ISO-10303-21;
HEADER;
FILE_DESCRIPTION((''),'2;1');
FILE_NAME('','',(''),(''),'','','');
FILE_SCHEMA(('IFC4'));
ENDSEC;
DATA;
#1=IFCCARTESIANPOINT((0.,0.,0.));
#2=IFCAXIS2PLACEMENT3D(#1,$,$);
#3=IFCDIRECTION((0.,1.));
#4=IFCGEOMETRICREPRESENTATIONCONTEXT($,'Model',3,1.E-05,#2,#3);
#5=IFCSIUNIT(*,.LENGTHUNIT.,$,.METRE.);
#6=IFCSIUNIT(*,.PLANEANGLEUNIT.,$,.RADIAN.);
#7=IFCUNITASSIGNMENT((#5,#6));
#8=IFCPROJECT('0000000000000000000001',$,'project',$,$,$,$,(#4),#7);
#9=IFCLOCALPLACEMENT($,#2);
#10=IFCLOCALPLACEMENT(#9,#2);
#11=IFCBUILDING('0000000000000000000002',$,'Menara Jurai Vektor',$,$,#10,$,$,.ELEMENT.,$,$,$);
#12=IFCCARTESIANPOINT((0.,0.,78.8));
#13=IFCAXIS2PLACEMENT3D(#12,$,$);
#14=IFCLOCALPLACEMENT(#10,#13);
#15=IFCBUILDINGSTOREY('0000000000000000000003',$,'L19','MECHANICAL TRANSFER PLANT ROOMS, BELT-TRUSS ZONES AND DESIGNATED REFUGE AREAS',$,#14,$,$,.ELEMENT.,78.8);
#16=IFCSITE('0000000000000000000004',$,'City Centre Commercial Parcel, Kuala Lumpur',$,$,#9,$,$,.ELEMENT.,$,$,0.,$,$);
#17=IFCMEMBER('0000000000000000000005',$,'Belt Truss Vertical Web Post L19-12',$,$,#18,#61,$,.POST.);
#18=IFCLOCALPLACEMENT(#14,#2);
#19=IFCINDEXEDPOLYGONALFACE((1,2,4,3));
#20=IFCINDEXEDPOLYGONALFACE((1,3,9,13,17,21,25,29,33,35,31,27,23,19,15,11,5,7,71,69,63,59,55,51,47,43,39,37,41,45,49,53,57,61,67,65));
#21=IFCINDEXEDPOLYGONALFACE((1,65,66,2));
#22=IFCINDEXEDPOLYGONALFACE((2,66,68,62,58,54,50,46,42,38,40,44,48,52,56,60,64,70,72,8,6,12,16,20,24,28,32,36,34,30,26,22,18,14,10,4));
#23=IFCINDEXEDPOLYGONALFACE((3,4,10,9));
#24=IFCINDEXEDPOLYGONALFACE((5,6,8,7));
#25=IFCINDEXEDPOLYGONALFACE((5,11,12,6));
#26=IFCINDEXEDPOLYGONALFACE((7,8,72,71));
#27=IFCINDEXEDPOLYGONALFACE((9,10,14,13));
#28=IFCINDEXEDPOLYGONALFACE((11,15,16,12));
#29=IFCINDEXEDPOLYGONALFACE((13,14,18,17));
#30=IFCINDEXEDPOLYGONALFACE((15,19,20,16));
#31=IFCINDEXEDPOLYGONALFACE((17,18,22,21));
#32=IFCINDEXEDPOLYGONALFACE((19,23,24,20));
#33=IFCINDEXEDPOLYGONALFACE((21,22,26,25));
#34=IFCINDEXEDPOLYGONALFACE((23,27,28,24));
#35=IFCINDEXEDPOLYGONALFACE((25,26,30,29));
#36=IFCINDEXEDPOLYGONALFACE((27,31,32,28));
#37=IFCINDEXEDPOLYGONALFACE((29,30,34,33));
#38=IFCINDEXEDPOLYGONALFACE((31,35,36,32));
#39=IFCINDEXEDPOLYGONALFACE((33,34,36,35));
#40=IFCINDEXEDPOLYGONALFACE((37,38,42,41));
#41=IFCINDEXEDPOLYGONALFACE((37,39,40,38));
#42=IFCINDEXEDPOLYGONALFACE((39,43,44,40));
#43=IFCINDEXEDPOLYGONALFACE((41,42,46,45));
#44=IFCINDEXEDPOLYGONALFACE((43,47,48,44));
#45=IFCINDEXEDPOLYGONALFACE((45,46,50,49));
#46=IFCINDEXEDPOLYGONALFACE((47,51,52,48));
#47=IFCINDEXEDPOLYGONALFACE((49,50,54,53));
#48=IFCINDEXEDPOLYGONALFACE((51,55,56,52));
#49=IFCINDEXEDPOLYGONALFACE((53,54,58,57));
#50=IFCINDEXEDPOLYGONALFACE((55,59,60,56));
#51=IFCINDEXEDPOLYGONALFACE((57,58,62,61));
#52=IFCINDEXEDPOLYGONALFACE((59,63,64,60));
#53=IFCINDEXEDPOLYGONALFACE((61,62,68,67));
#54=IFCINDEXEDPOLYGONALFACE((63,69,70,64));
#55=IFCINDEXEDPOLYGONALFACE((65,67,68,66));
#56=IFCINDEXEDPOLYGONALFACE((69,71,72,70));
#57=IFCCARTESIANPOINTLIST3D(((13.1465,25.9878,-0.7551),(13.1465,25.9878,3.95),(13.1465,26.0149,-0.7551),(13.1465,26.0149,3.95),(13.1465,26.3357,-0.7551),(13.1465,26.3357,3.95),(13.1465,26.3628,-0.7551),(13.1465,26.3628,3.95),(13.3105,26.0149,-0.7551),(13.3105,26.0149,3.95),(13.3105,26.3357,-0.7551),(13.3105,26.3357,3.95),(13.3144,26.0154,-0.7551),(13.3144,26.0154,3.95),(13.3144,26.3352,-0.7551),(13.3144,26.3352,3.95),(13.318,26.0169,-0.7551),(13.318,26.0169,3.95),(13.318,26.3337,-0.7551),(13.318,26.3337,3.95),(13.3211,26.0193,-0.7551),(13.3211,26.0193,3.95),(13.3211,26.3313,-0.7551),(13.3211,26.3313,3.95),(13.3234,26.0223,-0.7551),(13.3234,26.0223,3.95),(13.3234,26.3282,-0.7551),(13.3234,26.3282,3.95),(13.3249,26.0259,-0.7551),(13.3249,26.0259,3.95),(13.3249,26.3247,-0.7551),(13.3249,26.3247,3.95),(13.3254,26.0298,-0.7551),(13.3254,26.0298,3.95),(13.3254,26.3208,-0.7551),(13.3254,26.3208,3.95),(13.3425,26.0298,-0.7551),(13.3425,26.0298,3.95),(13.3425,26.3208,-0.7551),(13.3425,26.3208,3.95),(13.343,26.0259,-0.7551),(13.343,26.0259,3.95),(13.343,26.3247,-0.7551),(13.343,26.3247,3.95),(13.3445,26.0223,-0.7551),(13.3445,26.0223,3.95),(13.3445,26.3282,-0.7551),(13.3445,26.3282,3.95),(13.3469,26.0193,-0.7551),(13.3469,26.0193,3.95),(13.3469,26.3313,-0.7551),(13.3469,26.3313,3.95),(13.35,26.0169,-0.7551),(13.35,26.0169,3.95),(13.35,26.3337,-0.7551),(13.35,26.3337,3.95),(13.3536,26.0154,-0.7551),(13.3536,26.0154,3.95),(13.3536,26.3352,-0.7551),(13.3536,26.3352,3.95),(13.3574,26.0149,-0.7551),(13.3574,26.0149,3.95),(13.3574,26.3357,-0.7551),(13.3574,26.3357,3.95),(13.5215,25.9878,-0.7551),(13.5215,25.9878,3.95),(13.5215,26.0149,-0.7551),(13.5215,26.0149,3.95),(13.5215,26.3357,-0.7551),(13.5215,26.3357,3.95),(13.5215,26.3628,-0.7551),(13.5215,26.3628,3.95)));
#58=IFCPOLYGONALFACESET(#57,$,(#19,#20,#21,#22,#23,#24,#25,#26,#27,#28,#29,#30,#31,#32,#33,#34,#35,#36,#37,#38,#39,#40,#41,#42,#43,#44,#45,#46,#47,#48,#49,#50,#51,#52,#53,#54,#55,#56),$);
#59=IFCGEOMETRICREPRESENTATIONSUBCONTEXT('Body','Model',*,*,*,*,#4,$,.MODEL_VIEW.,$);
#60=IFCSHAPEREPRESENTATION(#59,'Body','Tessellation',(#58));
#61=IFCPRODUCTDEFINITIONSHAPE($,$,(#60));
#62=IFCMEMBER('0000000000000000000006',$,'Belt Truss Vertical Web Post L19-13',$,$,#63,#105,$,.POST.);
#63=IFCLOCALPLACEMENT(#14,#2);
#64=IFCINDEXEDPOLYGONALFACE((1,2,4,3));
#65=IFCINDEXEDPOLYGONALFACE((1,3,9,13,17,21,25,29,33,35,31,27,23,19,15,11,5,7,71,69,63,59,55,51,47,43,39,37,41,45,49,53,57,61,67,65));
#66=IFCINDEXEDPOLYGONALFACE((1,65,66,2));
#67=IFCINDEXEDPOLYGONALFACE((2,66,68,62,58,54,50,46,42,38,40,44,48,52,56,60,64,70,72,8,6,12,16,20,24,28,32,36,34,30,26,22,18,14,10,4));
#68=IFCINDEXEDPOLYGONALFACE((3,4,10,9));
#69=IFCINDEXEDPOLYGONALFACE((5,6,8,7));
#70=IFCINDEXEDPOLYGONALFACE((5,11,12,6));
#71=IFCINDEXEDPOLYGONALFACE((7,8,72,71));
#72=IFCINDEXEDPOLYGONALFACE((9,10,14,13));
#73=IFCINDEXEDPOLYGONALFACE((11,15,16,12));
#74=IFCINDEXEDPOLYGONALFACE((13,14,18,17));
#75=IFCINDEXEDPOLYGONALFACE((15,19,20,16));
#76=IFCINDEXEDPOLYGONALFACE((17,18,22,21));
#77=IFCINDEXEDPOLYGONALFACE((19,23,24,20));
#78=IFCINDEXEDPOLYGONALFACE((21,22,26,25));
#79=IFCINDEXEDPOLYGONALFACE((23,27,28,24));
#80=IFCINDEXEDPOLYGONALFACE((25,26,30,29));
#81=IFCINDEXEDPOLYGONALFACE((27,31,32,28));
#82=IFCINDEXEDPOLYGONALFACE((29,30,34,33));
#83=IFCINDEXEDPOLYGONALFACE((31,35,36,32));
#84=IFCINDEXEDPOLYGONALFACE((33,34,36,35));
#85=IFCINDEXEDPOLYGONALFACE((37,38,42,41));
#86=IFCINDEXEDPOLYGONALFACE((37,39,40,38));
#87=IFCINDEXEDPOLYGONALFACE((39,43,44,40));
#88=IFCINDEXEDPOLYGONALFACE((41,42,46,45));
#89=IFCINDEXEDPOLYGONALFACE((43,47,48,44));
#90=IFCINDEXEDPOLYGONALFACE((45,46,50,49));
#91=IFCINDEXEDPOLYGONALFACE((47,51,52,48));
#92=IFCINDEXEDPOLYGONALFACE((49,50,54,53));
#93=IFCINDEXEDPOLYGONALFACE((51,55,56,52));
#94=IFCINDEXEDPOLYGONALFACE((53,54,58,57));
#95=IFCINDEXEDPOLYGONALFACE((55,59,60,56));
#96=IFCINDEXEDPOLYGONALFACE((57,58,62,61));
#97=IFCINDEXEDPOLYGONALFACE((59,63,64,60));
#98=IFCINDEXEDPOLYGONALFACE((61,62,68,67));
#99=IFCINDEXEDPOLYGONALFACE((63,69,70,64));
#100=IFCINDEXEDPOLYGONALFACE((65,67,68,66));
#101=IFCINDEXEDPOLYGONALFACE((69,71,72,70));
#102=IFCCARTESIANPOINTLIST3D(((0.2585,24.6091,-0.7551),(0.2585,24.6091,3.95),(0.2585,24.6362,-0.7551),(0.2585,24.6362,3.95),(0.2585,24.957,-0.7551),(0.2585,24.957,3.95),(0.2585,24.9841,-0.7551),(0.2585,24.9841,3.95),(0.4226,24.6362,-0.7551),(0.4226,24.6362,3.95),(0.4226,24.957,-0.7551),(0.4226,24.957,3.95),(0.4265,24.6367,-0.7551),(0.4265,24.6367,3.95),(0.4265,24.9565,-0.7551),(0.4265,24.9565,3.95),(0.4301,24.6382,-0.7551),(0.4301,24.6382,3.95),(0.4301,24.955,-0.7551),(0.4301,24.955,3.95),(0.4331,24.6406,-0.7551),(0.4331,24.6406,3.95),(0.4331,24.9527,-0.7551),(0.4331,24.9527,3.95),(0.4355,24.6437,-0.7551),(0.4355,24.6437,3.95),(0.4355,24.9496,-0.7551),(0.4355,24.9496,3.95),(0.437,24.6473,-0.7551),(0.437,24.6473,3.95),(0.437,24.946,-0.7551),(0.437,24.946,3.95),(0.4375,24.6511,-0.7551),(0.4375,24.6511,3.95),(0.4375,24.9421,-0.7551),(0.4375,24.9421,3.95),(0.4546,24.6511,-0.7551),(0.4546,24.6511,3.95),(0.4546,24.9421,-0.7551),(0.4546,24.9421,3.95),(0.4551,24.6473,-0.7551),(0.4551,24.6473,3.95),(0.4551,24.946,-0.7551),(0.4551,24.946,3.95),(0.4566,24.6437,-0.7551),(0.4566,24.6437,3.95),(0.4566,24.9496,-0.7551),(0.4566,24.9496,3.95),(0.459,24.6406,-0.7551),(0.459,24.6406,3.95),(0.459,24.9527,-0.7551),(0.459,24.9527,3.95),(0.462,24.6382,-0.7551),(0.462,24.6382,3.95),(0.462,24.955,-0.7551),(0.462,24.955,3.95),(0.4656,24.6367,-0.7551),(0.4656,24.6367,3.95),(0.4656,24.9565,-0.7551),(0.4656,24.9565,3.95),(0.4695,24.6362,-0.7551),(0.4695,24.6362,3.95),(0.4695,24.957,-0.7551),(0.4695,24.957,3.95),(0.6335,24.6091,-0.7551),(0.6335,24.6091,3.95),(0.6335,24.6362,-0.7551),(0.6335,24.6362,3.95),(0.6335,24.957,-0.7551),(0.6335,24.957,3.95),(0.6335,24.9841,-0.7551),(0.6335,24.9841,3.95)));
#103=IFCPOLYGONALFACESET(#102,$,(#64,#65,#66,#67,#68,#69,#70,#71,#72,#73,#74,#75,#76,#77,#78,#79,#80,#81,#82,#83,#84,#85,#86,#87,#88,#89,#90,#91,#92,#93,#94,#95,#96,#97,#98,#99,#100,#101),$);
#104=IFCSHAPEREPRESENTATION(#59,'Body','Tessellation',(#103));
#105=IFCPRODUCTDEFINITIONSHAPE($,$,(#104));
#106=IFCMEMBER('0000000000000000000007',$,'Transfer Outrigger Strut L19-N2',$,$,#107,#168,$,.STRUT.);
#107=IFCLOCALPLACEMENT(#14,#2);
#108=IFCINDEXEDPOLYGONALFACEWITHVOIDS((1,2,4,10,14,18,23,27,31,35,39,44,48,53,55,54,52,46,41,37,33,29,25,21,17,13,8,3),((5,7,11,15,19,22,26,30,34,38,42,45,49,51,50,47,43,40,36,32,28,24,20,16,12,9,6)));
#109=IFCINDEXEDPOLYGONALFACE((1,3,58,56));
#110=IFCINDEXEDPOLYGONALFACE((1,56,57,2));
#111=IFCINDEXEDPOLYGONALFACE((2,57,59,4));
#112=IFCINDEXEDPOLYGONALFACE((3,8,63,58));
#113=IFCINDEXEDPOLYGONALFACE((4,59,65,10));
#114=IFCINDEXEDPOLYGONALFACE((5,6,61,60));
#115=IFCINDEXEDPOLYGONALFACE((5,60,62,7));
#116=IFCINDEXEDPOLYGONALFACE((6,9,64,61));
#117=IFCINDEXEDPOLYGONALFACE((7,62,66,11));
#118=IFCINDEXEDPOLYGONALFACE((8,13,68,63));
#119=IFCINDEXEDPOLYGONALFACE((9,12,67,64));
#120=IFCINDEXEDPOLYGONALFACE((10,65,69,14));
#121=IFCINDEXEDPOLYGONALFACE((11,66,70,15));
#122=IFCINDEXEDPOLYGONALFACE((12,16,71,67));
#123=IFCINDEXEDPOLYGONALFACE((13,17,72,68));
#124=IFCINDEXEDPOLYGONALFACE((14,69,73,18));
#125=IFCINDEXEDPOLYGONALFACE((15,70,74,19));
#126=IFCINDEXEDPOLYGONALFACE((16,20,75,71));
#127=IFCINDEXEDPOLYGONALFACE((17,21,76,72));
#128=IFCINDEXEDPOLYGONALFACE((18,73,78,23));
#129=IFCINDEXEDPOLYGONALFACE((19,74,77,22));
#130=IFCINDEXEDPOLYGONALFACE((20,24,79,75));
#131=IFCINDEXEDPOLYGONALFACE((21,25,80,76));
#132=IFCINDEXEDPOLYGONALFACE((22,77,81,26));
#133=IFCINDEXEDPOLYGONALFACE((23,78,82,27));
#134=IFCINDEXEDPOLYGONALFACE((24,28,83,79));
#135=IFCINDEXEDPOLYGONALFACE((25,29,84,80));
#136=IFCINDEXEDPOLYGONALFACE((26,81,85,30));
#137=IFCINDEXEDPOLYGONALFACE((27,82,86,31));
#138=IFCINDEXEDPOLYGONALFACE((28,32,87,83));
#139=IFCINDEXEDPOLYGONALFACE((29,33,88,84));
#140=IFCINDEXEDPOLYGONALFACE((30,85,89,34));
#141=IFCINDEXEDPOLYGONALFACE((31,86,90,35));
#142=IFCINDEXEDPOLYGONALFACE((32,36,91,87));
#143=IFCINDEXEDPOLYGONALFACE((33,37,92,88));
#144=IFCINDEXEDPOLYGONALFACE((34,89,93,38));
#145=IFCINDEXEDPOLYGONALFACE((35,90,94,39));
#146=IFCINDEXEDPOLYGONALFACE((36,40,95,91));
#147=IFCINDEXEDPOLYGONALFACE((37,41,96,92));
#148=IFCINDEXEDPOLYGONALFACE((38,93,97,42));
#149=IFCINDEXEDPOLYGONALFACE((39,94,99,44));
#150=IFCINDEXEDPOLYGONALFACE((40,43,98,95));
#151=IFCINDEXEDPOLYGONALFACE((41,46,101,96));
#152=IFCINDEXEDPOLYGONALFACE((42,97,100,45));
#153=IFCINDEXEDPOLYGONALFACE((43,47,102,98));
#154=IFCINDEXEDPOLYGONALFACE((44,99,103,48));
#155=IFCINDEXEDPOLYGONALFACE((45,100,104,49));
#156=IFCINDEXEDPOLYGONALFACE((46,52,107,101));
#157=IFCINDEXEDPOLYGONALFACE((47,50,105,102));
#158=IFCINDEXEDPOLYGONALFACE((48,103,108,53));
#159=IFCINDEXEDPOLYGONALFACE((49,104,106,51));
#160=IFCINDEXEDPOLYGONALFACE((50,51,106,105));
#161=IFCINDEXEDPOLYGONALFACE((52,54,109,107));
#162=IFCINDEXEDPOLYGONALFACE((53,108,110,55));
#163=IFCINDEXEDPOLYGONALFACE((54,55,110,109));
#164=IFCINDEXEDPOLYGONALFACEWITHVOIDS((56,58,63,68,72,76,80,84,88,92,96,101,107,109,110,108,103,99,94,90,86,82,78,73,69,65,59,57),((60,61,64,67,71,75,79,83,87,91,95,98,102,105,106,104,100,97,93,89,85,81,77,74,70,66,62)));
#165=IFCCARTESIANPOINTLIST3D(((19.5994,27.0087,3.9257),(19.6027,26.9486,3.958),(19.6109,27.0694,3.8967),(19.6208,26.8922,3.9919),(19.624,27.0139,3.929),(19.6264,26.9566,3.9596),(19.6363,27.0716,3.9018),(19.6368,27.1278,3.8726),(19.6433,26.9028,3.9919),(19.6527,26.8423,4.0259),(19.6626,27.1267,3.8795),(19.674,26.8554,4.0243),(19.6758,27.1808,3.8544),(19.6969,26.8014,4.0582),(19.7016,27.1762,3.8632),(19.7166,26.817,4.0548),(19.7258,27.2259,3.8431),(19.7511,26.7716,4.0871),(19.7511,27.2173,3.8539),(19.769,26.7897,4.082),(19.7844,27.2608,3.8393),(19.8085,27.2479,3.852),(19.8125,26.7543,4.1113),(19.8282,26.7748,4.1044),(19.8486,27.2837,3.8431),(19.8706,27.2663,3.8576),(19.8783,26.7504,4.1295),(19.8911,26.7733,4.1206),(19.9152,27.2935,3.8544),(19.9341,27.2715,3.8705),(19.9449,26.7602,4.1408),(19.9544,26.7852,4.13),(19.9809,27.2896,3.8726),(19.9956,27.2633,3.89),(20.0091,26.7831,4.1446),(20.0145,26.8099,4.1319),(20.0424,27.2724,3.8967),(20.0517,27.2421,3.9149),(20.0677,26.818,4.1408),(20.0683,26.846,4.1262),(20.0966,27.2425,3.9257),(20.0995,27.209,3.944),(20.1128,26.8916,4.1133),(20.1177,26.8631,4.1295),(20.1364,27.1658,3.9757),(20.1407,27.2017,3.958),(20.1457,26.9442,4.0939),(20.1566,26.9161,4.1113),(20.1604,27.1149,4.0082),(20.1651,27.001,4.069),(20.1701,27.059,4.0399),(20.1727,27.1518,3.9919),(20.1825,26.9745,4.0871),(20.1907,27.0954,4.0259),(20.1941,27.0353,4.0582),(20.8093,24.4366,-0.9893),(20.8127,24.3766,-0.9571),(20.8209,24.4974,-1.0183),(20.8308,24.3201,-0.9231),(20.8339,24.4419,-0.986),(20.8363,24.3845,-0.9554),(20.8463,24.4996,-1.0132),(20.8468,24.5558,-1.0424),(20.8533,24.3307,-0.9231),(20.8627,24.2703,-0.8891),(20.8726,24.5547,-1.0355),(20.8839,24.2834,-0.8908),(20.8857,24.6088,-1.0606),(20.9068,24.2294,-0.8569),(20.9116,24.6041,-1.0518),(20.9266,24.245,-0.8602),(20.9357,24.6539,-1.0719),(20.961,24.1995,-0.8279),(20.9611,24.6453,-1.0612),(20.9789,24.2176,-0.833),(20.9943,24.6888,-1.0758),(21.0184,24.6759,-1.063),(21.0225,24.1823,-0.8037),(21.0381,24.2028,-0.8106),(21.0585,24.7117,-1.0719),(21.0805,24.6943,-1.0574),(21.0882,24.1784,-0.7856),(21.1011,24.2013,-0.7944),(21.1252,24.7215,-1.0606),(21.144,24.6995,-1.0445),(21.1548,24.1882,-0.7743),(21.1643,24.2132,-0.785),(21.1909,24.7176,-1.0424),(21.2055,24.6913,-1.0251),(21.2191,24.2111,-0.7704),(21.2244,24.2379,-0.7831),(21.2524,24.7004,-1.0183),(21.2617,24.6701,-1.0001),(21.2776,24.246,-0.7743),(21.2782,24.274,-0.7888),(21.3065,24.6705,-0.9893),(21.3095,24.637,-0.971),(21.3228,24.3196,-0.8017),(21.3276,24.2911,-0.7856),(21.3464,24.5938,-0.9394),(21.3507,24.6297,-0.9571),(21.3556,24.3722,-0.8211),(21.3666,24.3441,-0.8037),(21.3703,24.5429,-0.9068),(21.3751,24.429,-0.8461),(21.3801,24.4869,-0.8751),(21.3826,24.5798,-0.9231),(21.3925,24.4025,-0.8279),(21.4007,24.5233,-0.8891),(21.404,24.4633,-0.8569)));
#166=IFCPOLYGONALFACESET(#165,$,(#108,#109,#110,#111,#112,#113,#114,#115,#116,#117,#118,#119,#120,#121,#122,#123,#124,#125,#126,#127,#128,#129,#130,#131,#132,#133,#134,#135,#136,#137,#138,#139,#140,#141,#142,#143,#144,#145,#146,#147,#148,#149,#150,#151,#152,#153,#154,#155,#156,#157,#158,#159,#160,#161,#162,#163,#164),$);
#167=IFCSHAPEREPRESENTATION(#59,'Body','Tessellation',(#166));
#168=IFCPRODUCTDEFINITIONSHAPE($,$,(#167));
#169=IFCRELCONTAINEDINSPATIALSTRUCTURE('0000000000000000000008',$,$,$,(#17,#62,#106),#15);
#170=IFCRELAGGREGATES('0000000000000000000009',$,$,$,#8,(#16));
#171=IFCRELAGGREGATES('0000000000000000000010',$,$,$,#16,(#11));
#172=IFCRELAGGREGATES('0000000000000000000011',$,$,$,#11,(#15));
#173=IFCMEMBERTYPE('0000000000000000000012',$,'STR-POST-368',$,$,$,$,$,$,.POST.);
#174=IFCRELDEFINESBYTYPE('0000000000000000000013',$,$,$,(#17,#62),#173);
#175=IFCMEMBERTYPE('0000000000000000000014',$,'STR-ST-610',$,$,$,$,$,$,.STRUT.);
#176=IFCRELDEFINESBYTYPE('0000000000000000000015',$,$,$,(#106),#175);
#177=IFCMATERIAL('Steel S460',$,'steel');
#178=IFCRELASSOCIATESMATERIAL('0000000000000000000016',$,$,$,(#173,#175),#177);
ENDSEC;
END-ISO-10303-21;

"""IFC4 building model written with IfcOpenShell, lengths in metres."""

from ifc_helpers import new_model, si_unit, direction, frame, origin, origin_2d, place, context, subcontext, project, spatial, hollow_circle, i_section, extrude, material, material_profile, profile_set, type_object, element, save


model = new_model("IFC4")

# Units and contexts
model_context = context("Model", 3, precision=1e-05, world=origin(), true_north=direction((0.0, 1.0)))
body_context = subcontext(model_context, "Body", "Model", "MODEL_VIEW")
ifc_project = project(units=[si_unit("LENGTHUNIT", "METRE"), si_unit("PLANEANGLEUNIT", "RADIAN")], contexts=[model_context])

# Site, building, storey
site_placement = place(None, origin())
site = spatial("IfcSite", under=ifc_project, at=site_placement, Name="City Centre Commercial Parcel, Kuala Lumpur", CompositionType="ELEMENT", RefElevation=0.0)
building_placement = place(site_placement, origin())
building = spatial("IfcBuilding", under=site, at=building_placement, Name="Menara Jurai Vektor", CompositionType="ELEMENT")
storey_placement = place(building_placement, frame((0.0, 0.0, 78.8)))
storey = spatial("IfcBuildingStorey", under=building, at=storey_placement, Name="L19", Description="MECHANICAL TRANSFER PLANT ROOMS, BELT-TRUSS ZONES AND DESIGNATED REFUGE AREAS", CompositionType="ELEMENT", Elevation=78.8)

# Shared definitions
ifc_material_1 = material(Name="Steel S460", Category="steel")

# Members
ifc_material_profile_1 = material_profile(ifc_material_1, i_section(OverallWidth=0.375, OverallDepth=0.375, WebThickness=0.0171, FlangeThickness=0.0271, FilletRadius=0.0149, at=origin_2d()), Name="UKC 356x368x202")
ifc_profile_set_1 = profile_set([ifc_material_profile_1], Name="Steel S460")
member_type_1 = type_object("IfcMemberType", Name="STR-POST-368", PredefinedType="POST", material=ifc_profile_set_1)
for number, where, z_axis, x_axis, name in (
    (1, (13.334, 26.1753, -0.7551), (0.0, 0.0, 1.0), (1.0, 0.0, 0.0), "Belt Truss Vertical Web Post L19-12"),
    (2, (0.446, 24.7966, -0.7551), (0.0, 0.0, 1.0), (1.0, 0.0, 0.0), "Belt Truss Vertical Web Post L19-13"),
):
    element("IfcMember", number, at=place(storey_placement, frame(where, z_axis=z_axis, x_axis=x_axis)), inside=storey, type_object=member_type_1, Name=name, PredefinedType="POST", context=body_context, shape_type="SweptSolid", body=[
        extrude(i_section(OverallWidth=0.375, OverallDepth=0.375, WebThickness=0.0171, FlangeThickness=0.0271, FilletRadius=0.0149, at=origin_2d()), origin(), (0.0, 0.0, 1.0), 4.7051),
    ])
ifc_material_profile_2 = material_profile(ifc_material_1, hollow_circle(Radius=0.3049, WallThickness=0.0249, at=origin_2d()), Name="CHS 610x25")
ifc_profile_set_2 = profile_set([ifc_material_profile_2], Name="Steel S460")
member_type_2 = type_object("IfcMemberType", Name="STR-ST-610", PredefinedType="STRUT", material=ifc_profile_set_2)
member_1_placement = place(storey_placement, frame((21.1067, 24.45, -0.9231), z_axis=(-0.213105, 0.453, 0.865666), x_axis=(-0.904873, -0.425681, 0.0)))
element("IfcMember", 3, at=member_1_placement, inside=storey, type_object=member_type_2, Name="Transfer Outrigger Strut L19-N2", PredefinedType="STRUT", context=body_context, shape_type="SweptSolid", body=[
    extrude(hollow_circle(Radius=0.3049, WallThickness=0.0249, at=origin_2d()), origin(), (0.0, 0.0, 1.0), 5.6777),
])

save(model, "model.ifc")
